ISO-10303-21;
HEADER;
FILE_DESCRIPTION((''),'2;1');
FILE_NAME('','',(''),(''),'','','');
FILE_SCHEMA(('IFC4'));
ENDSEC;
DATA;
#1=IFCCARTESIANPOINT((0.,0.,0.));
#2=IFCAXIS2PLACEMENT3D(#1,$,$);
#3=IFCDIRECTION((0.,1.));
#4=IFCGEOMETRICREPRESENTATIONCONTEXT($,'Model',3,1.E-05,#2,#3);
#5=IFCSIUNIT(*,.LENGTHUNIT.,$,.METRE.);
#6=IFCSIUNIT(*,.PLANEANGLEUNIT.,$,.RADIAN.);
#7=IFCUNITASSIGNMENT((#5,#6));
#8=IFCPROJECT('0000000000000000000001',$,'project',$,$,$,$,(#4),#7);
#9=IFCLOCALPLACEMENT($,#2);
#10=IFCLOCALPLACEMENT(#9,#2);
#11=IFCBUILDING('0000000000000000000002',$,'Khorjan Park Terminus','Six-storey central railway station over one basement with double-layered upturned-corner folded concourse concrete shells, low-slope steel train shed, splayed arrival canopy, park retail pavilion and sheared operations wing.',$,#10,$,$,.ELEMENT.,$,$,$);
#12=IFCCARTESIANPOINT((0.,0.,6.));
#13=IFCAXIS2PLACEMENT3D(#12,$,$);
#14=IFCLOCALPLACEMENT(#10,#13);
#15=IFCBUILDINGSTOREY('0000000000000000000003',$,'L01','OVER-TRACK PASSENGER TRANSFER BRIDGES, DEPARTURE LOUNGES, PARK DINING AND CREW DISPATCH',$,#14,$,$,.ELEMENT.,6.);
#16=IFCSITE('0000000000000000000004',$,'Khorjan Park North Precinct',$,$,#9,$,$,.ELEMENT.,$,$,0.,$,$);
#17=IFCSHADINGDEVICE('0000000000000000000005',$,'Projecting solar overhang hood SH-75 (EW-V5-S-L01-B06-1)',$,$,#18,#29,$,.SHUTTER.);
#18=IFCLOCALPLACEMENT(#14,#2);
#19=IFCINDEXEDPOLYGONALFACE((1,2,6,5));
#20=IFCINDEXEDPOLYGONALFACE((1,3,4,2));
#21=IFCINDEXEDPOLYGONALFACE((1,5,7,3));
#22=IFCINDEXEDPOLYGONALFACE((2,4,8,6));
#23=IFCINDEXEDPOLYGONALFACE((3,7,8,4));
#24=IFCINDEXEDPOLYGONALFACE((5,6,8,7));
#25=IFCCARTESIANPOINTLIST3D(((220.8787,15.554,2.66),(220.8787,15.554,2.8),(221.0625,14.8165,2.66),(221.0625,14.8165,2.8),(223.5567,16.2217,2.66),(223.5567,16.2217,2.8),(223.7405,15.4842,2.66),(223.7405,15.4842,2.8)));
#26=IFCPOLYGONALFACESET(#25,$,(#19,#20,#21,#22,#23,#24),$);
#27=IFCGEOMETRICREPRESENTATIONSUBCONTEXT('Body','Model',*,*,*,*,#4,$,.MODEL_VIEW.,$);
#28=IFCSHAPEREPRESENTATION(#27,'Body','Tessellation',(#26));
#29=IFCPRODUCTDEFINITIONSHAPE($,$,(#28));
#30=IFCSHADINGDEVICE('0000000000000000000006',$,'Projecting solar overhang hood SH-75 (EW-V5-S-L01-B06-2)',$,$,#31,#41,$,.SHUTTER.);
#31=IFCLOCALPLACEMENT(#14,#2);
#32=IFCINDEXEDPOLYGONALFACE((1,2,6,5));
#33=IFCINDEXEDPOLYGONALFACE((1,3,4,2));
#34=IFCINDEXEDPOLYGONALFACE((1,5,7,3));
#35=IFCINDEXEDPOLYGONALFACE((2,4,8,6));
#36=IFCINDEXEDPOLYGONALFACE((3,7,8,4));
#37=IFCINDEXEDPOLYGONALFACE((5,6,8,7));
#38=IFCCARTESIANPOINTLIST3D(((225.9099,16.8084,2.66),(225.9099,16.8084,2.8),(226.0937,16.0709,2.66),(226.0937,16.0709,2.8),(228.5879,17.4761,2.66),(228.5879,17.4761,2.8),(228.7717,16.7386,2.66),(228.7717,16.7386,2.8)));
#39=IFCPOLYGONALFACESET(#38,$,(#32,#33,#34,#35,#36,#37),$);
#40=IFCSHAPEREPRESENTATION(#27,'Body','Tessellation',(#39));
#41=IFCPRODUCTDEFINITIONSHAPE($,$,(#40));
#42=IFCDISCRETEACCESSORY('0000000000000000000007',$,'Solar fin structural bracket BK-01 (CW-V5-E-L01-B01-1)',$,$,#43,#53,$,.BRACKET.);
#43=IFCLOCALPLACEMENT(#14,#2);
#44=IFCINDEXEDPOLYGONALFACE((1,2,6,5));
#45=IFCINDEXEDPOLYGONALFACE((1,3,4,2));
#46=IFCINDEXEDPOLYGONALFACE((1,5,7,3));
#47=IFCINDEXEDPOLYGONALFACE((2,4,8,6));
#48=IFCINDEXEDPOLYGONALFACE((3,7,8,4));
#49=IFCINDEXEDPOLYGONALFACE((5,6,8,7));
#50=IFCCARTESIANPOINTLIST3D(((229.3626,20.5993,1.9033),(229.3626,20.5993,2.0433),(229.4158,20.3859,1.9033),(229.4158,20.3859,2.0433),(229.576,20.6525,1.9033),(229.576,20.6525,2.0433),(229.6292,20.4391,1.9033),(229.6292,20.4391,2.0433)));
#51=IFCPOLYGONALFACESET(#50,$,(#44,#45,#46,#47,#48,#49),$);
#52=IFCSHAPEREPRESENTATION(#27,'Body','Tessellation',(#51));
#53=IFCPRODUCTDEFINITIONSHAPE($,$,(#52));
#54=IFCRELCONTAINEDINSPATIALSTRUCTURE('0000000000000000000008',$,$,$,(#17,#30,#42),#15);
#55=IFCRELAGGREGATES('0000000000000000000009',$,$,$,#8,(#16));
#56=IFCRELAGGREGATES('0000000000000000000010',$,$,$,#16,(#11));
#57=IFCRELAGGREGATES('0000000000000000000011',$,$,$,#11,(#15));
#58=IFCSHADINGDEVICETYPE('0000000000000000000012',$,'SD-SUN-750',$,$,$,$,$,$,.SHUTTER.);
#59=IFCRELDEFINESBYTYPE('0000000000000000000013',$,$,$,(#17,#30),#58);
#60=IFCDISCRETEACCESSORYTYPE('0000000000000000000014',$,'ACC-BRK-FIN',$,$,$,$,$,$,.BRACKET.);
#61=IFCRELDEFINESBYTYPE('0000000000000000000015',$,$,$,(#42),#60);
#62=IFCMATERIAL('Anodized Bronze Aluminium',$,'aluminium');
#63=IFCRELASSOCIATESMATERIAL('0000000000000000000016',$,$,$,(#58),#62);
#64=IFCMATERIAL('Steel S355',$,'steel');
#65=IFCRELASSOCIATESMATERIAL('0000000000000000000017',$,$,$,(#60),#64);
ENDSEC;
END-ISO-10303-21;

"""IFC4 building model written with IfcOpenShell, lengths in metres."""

from ifc_helpers import new_model, si_unit, direction, frame, origin, origin_2d, place, context, subcontext, project, spatial, rectangle, extrude, material, type_object, element, save


model = new_model("IFC4")

# Units and contexts
model_context = context("Model", 3, precision=1e-05, world=origin(), true_north=direction((0.0, 1.0)))
body_context = subcontext(model_context, "Body", "Model", "MODEL_VIEW")
ifc_project = project(units=[si_unit("LENGTHUNIT", "METRE"), si_unit("PLANEANGLEUNIT", "RADIAN")], contexts=[model_context])

# Site, building, storey
site_placement = place(None, origin())
site = spatial("IfcSite", under=ifc_project, at=site_placement, Name="Khorjan Park North Precinct", CompositionType="ELEMENT", RefElevation=0.0)
building_placement = place(site_placement, origin())
building = spatial("IfcBuilding", under=site, at=building_placement, Name="Khorjan Park Terminus", Description="Six-storey central railway station over one basement with double-layered upturned-corner folded concourse concrete shells, low-slope steel train shed, splayed arrival canopy, park retail pavilion and sheared operations wing.", CompositionType="ELEMENT")
storey_placement = place(building_placement, frame((0.0, 0.0, 6.0)))
storey = spatial("IfcBuildingStorey", under=building, at=storey_placement, Name="L01", Description="OVER-TRACK PASSENGER TRANSFER BRIDGES, DEPARTURE LOUNGES, PARK DINING AND CREW DISPATCH", CompositionType="ELEMENT", Elevation=6.0)

# Shared definitions
ifc_material_1 = material(Name="Steel S355", Category="steel")

# Shared definitions
ifc_material_2 = material(Name="Anodized Bronze Aluminium", Category="aluminium")

# Shading devices
shading_device_type_1 = type_object("IfcShadingDeviceType", Name="SD-SUN-750", PredefinedType="SHUTTER", material=ifc_material_2)
for number, where, z_axis, x_axis, name in (
    (1, (222.3096, 15.5191, 2.66), (0.0, 0.0, 1.0), (0.970298, 0.241912, 0.0), "Projecting solar overhang hood SH-75 (EW-V5-S-L01-B06-1)"),
    (2, (227.3408, 16.7735, 2.66), (0.0, 0.0, 1.0), (0.970298, 0.241912, 0.0), "Projecting solar overhang hood SH-75 (EW-V5-S-L01-B06-2)"),
):
    element("IfcShadingDevice", number, at=place(storey_placement, frame(where, z_axis=z_axis, x_axis=x_axis)), inside=storey, type_object=shading_device_type_1, Name=name, PredefinedType="SHUTTER", context=body_context, shape_type="SweptSolid", body=[
        extrude(rectangle(XDim=2.76, YDim=0.76, at=origin_2d()), origin(), (0.0, 0.0, 1.0), 0.14),
    ])

# Discrete accessory
discrete_accessory_type = type_object("IfcDiscreteAccessoryType", Name="ACC-BRK-FIN", PredefinedType="BRACKET", material=ifc_material_1)
discrete_accessory_placement = place(storey_placement, frame((229.4959, 20.5192, 1.9033), z_axis=(0.0, 0.0, 1.0), x_axis=(-0.24192, 0.970296, 0.0)))
element("IfcDiscreteAccessory", 3, at=discrete_accessory_placement, inside=storey, type_object=discrete_accessory_type, Name="Solar fin structural bracket BK-01 (CW-V5-E-L01-B01-1)", PredefinedType="BRACKET", context=body_context, shape_type="SweptSolid", body=[
    extrude(rectangle(XDim=0.22, YDim=0.22, at=origin_2d()), origin(), (0.0, 0.0, 1.0), 0.14),
])

save(model, "model.ifc")
